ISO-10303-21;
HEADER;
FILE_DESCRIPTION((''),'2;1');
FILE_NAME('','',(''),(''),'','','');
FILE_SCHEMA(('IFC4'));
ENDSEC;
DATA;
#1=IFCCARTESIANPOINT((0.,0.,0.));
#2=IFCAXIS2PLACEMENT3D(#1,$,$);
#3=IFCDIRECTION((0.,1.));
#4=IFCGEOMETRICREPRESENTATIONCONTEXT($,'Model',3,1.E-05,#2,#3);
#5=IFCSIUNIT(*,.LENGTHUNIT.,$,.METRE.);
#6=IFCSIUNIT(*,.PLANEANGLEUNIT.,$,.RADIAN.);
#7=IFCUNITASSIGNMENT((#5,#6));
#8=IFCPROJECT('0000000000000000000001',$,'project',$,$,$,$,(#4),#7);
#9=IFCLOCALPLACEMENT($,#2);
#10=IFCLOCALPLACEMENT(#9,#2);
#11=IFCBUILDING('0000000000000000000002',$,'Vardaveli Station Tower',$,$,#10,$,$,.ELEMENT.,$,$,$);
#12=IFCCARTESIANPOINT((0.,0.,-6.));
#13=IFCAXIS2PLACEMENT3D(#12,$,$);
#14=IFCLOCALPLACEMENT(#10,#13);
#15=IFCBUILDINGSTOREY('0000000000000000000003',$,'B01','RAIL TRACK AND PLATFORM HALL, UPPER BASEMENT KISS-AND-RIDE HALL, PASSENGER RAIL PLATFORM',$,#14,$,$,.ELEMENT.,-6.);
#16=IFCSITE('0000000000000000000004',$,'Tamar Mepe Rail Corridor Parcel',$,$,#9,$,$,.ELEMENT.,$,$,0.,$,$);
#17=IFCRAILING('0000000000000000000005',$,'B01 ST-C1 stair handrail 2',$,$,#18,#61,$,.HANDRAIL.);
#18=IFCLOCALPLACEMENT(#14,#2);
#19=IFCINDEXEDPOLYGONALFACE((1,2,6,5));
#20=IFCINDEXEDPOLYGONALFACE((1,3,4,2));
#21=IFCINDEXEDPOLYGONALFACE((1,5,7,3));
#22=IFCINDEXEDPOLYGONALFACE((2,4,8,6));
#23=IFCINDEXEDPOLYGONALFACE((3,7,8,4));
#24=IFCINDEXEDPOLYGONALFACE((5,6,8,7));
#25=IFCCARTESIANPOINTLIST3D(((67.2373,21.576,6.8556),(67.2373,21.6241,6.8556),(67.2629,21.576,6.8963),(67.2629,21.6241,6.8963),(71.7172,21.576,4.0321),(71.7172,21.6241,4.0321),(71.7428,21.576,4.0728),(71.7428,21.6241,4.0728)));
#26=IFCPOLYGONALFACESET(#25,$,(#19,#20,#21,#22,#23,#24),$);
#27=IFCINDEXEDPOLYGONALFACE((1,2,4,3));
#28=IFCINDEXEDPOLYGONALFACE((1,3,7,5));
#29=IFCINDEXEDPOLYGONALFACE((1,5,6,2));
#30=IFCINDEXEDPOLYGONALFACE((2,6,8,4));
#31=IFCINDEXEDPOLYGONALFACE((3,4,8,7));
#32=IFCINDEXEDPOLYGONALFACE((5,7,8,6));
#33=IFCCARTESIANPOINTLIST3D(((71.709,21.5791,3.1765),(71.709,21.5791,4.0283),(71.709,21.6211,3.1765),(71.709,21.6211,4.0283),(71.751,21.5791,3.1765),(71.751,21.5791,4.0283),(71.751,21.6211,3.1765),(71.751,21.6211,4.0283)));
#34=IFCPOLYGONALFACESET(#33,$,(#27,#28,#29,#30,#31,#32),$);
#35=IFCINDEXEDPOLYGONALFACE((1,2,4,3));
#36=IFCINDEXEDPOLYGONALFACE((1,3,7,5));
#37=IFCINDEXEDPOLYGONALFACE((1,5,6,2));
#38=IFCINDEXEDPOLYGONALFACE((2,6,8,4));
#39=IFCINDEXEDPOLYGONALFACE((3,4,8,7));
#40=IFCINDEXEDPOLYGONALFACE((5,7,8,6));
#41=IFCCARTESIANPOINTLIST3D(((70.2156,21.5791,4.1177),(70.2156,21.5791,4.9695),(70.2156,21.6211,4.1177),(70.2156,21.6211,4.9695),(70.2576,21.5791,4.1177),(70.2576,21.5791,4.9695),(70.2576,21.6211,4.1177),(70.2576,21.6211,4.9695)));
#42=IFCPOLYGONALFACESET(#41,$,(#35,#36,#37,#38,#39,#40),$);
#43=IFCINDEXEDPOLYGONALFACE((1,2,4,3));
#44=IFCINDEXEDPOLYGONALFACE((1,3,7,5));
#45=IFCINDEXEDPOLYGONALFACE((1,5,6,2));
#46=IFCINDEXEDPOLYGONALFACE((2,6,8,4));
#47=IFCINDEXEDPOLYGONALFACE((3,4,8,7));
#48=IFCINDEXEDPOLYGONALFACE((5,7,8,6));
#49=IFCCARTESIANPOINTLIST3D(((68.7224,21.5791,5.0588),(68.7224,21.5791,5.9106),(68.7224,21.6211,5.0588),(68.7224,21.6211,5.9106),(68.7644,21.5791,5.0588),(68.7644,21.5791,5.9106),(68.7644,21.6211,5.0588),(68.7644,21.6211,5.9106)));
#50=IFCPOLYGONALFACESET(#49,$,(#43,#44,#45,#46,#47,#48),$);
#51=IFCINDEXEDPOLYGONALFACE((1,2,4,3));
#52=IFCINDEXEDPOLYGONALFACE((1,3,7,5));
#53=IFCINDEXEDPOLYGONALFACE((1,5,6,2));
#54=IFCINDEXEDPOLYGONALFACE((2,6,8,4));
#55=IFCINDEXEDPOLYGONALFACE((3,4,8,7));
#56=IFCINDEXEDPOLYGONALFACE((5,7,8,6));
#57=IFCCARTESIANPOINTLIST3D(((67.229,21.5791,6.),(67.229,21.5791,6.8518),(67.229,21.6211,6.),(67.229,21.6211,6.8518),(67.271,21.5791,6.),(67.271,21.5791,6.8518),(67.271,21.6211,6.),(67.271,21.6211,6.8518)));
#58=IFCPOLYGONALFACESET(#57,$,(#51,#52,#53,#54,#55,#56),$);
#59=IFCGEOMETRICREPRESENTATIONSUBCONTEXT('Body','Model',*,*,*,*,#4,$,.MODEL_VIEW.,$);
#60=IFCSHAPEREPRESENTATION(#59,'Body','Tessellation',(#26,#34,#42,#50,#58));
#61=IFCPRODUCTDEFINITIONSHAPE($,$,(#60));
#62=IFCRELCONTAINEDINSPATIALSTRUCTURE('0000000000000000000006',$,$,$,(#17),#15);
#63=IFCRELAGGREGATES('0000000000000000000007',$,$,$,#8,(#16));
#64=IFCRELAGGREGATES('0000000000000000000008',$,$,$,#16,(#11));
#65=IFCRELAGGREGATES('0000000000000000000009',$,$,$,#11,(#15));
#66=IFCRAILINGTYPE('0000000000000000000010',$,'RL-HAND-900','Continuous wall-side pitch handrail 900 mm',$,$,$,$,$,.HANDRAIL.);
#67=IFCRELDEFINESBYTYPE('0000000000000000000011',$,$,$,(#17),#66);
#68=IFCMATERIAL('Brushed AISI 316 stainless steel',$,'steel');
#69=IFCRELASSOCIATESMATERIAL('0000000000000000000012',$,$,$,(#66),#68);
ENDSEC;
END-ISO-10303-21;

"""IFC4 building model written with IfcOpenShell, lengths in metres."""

from ifc_helpers import new_model, si_unit, direction, frame, origin, origin_2d, place, context, subcontext, project, spatial, rectangle, extrude, source, transform, mapped, material, type_object, element, save


model = new_model("IFC4")

# Units and contexts
model_context = context("Model", 3, precision=1e-05, world=origin(), true_north=direction((0.0, 1.0)))
body_context = subcontext(model_context, "Body", "Model", "MODEL_VIEW")
ifc_project = project(units=[si_unit("LENGTHUNIT", "METRE"), si_unit("PLANEANGLEUNIT", "RADIAN")], contexts=[model_context])

# Site, building, storey
site_placement = place(None, origin())
site = spatial("IfcSite", under=ifc_project, at=site_placement, Name="Tamar Mepe Rail Corridor Parcel", CompositionType="ELEMENT", RefElevation=0.0)
building_placement = place(site_placement, origin())
building = spatial("IfcBuilding", under=site, at=building_placement, Name="Vardaveli Station Tower", CompositionType="ELEMENT")
storey_placement = place(building_placement, frame((0.0, 0.0, -6.0)))
storey = spatial("IfcBuildingStorey", under=building, at=storey_placement, Name="B01", Description="RAIL TRACK AND PLATFORM HALL, UPPER BASEMENT KISS-AND-RIDE HALL, PASSENGER RAIL PLATFORM", CompositionType="ELEMENT", Elevation=-6.0)

# Railing
ifc_material_1 = material(Name="Brushed AISI 316 stainless steel", Category="steel")
railing_type_1 = type_object("IfcRailingType", Name="RL-HAND-900", Description="Continuous wall-side pitch handrail 900 mm", PredefinedType="HANDRAIL", material=ifc_material_1)
shared_shape_1 = source(origin(), body_context, "Body", "SweptSolid", [
    extrude(rectangle(XDim=0.0481, YDim=0.0481, at=origin_2d()), frame((0.0, 0.0, 0.876), z_axis=(-0.845998, 0.0, 0.533186), x_axis=(0.0, -1.0, 0.0)), (0.0, 0.0, 1.0), 5.2954),
    extrude(rectangle(XDim=0.042, YDim=0.042, at=origin_2d()), origin(), (0.0, 0.0, 1.0), 0.8518),
    extrude(rectangle(XDim=0.042, YDim=0.042, at=origin_2d()), frame((-1.4934, 0.0, 0.9412)), (0.0, 0.0, 1.0), 0.8518),
    extrude(rectangle(XDim=0.042, YDim=0.042, at=origin_2d()), frame((-2.9866, 0.0, 1.8823)), (0.0, 0.0, 1.0), 0.8518),
    extrude(rectangle(XDim=0.042, YDim=0.042, at=origin_2d()), frame((-4.48, 0.0, 2.8235)), (0.0, 0.0, 1.0), 0.8518),
])
railing_1_placement = place(storey_placement, frame((71.73, 21.6001, 3.1765)))
element("IfcRailing", 1, at=railing_1_placement, inside=storey, type_object=railing_type_1, Name="B01 ST-C1 stair handrail 2", PredefinedType="HANDRAIL", context=body_context, shape_type="MappedRepresentation", body=[
    mapped(shared_shape_1, transform((0.0, 0.0, 0.0), scale=1.0)),
])

save(model, "model.ifc")
